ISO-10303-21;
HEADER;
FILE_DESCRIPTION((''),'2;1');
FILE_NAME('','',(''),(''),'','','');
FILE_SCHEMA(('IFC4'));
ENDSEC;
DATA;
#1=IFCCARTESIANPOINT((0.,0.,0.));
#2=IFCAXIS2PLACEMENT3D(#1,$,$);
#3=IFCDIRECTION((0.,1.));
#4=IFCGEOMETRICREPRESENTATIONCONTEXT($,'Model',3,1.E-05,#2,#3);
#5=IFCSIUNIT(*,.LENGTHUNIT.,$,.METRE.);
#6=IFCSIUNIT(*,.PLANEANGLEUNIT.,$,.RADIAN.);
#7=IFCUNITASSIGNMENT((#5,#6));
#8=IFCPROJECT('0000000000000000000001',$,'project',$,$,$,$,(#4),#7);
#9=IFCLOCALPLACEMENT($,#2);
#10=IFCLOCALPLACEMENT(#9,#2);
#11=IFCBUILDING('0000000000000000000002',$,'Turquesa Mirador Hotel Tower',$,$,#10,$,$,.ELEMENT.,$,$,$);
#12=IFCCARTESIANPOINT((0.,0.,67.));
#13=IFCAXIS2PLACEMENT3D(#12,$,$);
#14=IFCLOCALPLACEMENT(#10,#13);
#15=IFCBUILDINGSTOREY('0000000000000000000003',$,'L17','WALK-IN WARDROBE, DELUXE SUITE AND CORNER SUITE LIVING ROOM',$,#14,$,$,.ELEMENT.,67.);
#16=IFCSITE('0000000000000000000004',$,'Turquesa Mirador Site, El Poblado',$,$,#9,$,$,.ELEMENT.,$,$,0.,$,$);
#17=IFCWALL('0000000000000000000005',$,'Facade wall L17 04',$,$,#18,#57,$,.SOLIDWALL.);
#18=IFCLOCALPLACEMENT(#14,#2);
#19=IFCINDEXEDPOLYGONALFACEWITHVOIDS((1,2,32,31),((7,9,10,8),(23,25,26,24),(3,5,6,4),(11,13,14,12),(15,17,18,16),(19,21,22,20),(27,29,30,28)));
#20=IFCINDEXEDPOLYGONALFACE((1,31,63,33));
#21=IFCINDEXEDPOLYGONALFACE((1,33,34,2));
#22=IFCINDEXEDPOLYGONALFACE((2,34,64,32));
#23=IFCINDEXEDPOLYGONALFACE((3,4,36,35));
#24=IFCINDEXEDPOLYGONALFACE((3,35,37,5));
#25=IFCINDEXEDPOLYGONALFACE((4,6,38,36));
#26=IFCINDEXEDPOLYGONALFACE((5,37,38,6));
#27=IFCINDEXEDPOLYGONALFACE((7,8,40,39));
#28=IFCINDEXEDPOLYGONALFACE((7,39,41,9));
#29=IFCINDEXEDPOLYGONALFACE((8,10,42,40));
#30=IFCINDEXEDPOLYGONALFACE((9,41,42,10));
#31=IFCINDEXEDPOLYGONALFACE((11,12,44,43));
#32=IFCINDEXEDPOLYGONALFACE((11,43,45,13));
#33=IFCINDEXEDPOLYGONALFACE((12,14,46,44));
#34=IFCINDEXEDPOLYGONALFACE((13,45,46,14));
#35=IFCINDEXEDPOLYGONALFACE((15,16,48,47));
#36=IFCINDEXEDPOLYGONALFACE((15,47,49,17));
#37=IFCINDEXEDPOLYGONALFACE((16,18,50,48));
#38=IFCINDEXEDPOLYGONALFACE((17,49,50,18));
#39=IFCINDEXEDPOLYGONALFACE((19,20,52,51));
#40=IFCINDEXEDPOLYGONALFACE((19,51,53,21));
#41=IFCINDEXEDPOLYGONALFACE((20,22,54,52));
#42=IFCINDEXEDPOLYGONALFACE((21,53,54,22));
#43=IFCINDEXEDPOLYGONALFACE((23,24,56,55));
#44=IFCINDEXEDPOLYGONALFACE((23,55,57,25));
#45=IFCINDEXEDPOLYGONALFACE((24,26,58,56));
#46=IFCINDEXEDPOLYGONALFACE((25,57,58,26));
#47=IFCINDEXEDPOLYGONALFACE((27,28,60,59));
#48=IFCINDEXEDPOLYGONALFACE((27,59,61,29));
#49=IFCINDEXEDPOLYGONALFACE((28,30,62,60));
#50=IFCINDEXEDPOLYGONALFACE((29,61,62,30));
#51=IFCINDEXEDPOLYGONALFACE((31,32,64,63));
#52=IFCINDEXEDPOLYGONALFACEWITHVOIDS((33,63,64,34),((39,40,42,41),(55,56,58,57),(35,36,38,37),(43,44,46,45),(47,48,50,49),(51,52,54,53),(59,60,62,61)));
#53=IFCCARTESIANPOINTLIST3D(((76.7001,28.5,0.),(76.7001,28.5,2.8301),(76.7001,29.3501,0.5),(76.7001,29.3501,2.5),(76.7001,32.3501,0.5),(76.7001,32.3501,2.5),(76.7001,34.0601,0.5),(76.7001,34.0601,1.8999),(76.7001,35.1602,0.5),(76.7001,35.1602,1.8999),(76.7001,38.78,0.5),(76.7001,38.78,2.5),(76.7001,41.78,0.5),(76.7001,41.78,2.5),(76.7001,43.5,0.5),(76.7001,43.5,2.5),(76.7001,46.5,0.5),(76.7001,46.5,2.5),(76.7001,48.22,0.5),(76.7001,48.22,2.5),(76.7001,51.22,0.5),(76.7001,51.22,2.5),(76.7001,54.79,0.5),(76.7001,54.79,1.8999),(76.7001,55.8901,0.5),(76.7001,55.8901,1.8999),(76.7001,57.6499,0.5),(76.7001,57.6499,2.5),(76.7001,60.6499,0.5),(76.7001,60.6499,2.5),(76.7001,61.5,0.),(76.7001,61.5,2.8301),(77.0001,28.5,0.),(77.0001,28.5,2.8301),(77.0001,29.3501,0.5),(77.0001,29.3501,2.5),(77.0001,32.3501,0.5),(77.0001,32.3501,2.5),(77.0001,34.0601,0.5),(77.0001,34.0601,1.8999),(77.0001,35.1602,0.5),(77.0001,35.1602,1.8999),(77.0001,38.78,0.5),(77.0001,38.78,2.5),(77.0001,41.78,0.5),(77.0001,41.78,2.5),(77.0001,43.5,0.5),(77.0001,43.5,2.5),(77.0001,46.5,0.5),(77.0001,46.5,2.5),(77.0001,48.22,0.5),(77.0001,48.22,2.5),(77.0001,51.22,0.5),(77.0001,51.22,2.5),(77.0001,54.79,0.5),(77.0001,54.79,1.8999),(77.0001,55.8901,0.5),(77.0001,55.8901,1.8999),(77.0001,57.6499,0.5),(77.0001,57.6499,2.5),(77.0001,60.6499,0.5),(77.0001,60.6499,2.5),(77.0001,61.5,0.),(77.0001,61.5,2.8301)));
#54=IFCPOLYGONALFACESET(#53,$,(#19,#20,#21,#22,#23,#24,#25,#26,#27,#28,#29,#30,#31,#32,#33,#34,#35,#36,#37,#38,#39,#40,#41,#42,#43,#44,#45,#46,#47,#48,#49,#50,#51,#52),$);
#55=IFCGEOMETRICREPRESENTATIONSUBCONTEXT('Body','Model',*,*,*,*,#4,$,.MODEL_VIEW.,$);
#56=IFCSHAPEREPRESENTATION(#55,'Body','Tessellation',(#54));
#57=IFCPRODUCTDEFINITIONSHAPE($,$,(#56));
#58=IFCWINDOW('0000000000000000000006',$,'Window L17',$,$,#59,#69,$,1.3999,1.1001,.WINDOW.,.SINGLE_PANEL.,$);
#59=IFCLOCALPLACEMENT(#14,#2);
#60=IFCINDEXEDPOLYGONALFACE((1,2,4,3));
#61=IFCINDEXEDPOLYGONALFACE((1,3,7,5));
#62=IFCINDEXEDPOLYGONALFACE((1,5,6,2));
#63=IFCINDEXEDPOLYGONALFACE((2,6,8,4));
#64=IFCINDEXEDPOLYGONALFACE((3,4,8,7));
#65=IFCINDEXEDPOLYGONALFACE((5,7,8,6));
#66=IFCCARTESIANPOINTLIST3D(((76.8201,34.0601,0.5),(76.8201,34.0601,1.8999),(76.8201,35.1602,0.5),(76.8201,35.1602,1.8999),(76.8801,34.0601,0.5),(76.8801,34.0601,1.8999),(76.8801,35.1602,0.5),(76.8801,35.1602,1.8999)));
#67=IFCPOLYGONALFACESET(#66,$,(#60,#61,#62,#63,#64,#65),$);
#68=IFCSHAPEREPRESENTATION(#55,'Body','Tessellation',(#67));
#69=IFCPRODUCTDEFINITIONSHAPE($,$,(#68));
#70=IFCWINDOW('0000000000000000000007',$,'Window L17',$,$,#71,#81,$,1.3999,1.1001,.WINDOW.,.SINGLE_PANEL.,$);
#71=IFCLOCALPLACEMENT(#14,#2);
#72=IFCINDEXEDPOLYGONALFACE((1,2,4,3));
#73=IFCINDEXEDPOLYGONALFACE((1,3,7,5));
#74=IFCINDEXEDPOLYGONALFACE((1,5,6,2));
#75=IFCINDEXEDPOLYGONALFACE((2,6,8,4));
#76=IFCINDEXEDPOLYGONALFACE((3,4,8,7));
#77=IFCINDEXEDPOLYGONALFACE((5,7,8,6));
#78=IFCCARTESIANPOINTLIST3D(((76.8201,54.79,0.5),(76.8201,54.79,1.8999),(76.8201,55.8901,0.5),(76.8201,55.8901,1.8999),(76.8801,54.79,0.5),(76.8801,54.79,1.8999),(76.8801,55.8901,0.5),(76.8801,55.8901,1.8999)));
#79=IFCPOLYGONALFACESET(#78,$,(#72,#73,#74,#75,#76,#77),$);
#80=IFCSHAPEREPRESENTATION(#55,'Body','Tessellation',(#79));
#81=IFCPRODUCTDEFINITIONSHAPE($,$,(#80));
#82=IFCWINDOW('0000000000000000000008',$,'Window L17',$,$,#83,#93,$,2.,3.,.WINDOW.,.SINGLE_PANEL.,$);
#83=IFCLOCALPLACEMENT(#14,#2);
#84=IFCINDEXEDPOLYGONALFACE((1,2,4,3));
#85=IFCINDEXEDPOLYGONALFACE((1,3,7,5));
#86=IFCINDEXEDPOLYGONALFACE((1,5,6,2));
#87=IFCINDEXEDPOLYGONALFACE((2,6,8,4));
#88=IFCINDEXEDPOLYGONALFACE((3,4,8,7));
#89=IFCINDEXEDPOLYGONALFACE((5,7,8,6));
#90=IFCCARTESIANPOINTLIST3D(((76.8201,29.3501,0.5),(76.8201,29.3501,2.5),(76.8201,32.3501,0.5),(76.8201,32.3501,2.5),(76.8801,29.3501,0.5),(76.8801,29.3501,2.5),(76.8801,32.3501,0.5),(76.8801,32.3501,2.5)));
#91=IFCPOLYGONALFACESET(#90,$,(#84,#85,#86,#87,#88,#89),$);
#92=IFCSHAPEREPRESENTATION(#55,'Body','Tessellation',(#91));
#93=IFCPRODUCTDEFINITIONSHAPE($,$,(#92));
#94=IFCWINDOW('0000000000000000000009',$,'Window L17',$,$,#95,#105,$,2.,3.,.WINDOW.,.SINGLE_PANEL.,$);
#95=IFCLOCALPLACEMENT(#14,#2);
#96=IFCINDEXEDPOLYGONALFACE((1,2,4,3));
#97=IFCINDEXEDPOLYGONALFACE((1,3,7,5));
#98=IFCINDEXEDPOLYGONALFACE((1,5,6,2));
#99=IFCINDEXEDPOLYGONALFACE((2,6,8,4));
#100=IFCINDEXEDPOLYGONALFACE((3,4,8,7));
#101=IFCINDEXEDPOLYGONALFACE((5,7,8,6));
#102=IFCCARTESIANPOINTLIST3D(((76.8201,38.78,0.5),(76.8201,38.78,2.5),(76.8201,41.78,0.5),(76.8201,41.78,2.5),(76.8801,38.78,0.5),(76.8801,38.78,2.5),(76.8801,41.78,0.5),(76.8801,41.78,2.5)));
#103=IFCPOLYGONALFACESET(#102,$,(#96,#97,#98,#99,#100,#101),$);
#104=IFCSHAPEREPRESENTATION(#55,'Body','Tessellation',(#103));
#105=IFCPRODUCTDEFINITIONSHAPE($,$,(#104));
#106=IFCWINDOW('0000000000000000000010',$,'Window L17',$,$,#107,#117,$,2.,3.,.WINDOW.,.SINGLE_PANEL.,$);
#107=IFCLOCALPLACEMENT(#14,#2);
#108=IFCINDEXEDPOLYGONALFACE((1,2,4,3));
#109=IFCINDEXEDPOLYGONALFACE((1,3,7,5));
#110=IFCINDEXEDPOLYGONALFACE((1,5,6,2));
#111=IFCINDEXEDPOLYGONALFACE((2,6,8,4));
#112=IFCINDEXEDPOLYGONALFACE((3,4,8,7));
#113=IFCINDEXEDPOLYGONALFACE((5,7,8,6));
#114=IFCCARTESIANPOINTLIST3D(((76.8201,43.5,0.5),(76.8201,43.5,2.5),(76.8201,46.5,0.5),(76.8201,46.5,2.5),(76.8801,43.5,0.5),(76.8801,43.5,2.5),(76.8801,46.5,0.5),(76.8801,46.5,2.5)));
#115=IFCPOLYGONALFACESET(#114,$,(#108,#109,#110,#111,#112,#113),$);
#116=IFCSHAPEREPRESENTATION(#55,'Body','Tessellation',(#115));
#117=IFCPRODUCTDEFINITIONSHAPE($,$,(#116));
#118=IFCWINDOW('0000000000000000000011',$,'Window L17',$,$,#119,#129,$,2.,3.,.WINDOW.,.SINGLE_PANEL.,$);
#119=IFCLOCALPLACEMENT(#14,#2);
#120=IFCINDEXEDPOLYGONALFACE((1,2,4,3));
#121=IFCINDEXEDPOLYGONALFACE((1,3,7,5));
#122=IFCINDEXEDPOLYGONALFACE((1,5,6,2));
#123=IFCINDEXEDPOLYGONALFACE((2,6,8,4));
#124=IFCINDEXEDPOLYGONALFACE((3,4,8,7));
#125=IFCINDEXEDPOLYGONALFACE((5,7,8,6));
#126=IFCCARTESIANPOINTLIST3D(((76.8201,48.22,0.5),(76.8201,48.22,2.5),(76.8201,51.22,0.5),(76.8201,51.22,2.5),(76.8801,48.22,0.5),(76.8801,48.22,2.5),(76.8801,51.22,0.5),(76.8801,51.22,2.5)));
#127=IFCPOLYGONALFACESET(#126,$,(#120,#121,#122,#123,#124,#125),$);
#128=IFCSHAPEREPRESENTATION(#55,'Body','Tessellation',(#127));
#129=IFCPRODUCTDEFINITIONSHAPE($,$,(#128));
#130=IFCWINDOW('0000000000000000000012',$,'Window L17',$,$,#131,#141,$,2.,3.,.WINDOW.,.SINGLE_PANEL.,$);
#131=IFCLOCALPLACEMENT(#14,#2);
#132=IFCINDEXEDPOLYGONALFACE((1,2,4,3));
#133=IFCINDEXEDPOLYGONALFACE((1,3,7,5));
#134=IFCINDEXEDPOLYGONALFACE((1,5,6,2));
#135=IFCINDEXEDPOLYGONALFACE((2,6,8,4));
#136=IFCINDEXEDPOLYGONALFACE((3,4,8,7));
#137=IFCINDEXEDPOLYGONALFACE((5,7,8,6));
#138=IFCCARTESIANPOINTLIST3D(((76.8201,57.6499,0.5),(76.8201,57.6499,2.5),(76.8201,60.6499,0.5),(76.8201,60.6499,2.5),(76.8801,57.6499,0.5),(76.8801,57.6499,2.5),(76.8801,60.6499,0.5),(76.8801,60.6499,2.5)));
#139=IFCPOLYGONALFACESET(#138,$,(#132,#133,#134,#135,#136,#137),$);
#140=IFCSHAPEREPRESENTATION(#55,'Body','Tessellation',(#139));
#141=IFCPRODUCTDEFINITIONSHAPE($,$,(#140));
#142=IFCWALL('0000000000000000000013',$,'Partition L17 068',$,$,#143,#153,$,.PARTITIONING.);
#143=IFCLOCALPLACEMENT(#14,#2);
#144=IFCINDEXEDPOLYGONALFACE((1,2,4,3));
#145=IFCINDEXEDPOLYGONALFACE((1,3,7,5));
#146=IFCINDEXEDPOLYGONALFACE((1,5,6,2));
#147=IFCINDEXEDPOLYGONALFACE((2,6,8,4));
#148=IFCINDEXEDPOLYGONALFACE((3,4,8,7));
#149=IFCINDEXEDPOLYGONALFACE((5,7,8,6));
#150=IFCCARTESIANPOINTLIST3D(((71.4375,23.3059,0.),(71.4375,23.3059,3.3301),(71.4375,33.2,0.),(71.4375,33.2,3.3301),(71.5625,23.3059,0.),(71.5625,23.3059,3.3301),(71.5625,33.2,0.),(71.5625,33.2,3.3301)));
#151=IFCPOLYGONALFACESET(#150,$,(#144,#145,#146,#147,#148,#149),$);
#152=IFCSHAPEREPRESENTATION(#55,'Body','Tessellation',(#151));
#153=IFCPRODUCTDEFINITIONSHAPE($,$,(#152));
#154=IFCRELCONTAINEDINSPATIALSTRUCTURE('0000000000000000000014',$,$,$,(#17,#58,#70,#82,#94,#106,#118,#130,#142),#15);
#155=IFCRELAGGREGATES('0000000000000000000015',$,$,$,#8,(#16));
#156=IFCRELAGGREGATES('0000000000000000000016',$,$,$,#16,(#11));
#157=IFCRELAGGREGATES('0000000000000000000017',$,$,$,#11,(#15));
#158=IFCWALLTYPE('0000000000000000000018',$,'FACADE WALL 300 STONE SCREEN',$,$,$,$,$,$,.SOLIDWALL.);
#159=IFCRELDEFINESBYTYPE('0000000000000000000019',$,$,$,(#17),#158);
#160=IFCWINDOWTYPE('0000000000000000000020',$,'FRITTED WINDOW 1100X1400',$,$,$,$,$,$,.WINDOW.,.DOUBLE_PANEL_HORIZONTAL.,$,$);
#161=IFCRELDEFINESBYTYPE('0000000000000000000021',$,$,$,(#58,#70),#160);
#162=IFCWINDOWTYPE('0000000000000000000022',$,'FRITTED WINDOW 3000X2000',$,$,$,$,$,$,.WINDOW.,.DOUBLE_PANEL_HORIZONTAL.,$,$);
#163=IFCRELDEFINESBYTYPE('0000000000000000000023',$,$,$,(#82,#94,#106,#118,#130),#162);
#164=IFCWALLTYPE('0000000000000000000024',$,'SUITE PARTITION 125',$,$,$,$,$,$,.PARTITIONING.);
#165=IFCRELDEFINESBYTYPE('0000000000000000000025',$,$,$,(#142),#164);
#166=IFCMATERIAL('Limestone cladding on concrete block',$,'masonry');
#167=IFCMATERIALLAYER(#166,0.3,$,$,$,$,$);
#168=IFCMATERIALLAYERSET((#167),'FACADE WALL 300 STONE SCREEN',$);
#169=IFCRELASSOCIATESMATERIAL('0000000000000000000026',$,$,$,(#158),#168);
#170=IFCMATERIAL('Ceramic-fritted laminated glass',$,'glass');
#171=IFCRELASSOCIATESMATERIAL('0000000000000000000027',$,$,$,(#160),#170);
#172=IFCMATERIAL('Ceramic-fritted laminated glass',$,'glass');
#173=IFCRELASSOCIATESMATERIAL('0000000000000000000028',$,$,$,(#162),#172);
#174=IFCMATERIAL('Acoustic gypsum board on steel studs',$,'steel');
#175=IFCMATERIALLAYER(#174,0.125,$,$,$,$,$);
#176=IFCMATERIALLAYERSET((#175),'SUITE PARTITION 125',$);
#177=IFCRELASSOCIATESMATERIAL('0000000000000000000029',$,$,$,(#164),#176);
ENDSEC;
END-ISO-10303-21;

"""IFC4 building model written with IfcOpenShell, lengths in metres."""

from ifc_helpers import new_model, si_unit, direction, frame, frame_2d, origin, place, context, subcontext, project, spatial, rectangle, extrude, material, layer, layer_set, type_object, element, fill, save


model = new_model("IFC4")

# Units and contexts
model_context = context("Model", 3, precision=1e-05, world=origin(), true_north=direction((0.0, 1.0)))
body_context = subcontext(model_context, "Body", "Model", "MODEL_VIEW")
ifc_project = project(units=[si_unit("LENGTHUNIT", "METRE"), si_unit("PLANEANGLEUNIT", "RADIAN")], contexts=[model_context])

# Site, building, storey
site_placement = place(None, origin())
site = spatial("IfcSite", under=ifc_project, at=site_placement, Name="Turquesa Mirador Site, El Poblado", CompositionType="ELEMENT", RefElevation=0.0)
building_placement = place(site_placement, origin())
building = spatial("IfcBuilding", under=site, at=building_placement, Name="Turquesa Mirador Hotel Tower", CompositionType="ELEMENT")
storey_placement = place(building_placement, frame((0.0, 0.0, 67.0)))
storey = spatial("IfcBuildingStorey", under=building, at=storey_placement, Name="L17", Description="WALK-IN WARDROBE, DELUXE SUITE AND CORNER SUITE LIVING ROOM", CompositionType="ELEMENT", Elevation=67.0)

# Shared definitions
ifc_material_1 = material(Name="Limestone cladding on concrete block", Category="masonry")
ifc_layer_1 = layer(ifc_material_1, 0.3)
ifc_layer_set_1 = layer_set([ifc_layer_1], Name="FACADE WALL 300 STONE SCREEN")
wall_type_1 = type_object("IfcWallType", Name="FACADE WALL 300 STONE SCREEN", PredefinedType="SOLIDWALL", material=ifc_layer_set_1)

# Wall, openings, windows
wall_1_placement = place(storey_placement, frame((76.8501, 28.5, 0.0), z_axis=(0.0, 0.0, 1.0), x_axis=(0.0, 1.0, 0.0)))
wall_1 = element("IfcWall", 1, at=wall_1_placement, inside=storey, type_object=wall_type_1, Name="Facade wall L17 04", PredefinedType="SOLIDWALL", context=body_context, shape_type="SweptSolid", body=[
    extrude(rectangle(XDim=33.0, YDim=0.3, at=frame_2d((16.5, 0.0))), origin(), (0.0, 0.0, 1.0), 2.8301),
])
opening_1_placement = place(wall_1_placement, frame((0.8501, 0.0, 0.5)))
opening_1 = element("IfcOpeningElement", 2, at=opening_1_placement, cuts=wall_1, PredefinedType="OPENING", context=body_context, shape_type="SweptSolid", body=[
    extrude(rectangle(XDim=3.0, YDim=2.0, at=frame_2d((1.5, 1.0))), frame((0.0, 0.1599, 0.0), z_axis=(0.0, -1.0, 0.0), x_axis=(1.0, 0.0, 0.0)), (0.0, 0.0, 1.0), 0.3201),
])
opening_2_placement = place(wall_1_placement, frame((5.5601, 0.0, 0.5)))
opening_2 = element("IfcOpeningElement", 3, at=opening_2_placement, cuts=wall_1, PredefinedType="OPENING", context=body_context, shape_type="SweptSolid", body=[
    extrude(rectangle(XDim=1.1001, YDim=1.3999, at=frame_2d((0.55, 0.7))), frame((0.0, 0.1599, 0.0), z_axis=(0.0, -1.0, 0.0), x_axis=(1.0, 0.0, 0.0)), (0.0, 0.0, 1.0), 0.3201),
])
opening_3_placement = place(wall_1_placement, frame((10.28, 0.0, 0.5)))
opening_3 = element("IfcOpeningElement", 4, at=opening_3_placement, cuts=wall_1, PredefinedType="OPENING", context=body_context, shape_type="SweptSolid", body=[
    extrude(rectangle(XDim=3.0, YDim=2.0, at=frame_2d((1.5, 1.0))), frame((0.0, 0.1599, 0.0), z_axis=(0.0, -1.0, 0.0), x_axis=(1.0, 0.0, 0.0)), (0.0, 0.0, 1.0), 0.3201),
])
opening_4_placement = place(wall_1_placement, frame((15.0, 0.0, 0.5)))
opening_4 = element("IfcOpeningElement", 5, at=opening_4_placement, cuts=wall_1, PredefinedType="OPENING", context=body_context, shape_type="SweptSolid", body=[
    extrude(rectangle(XDim=3.0, YDim=2.0, at=frame_2d((1.5, 1.0))), frame((0.0, 0.1599, 0.0), z_axis=(0.0, -1.0, 0.0), x_axis=(1.0, 0.0, 0.0)), (0.0, 0.0, 1.0), 0.3201),
])
opening_5_placement = place(wall_1_placement, frame((19.72, 0.0, 0.5)))
opening_5 = element("IfcOpeningElement", 6, at=opening_5_placement, cuts=wall_1, PredefinedType="OPENING", context=body_context, shape_type="SweptSolid", body=[
    extrude(rectangle(XDim=3.0, YDim=2.0, at=frame_2d((1.5, 1.0))), frame((0.0, 0.1599, 0.0), z_axis=(0.0, -1.0, 0.0), x_axis=(1.0, 0.0, 0.0)), (0.0, 0.0, 1.0), 0.3201),
])
opening_6_placement = place(wall_1_placement, frame((26.29, 0.0, 0.5)))
opening_6 = element("IfcOpeningElement", 7, at=opening_6_placement, cuts=wall_1, PredefinedType="OPENING", context=body_context, shape_type="SweptSolid", body=[
    extrude(rectangle(XDim=1.1001, YDim=1.3999, at=frame_2d((0.55, 0.7))), frame((0.0, 0.1599, 0.0), z_axis=(0.0, -1.0, 0.0), x_axis=(1.0, 0.0, 0.0)), (0.0, 0.0, 1.0), 0.3201),
])
opening_7_placement = place(wall_1_placement, frame((29.1499, 0.0, 0.5)))
opening_7 = element("IfcOpeningElement", 8, at=opening_7_placement, cuts=wall_1, PredefinedType="OPENING", context=body_context, shape_type="SweptSolid", body=[
    extrude(rectangle(XDim=3.0, YDim=2.0, at=frame_2d((1.5, 1.0))), frame((0.0, 0.1599, 0.0), z_axis=(0.0, -1.0, 0.0), x_axis=(1.0, 0.0, 0.0)), (0.0, 0.0, 1.0), 0.3201),
])
ifc_material_2 = material(Name="Ceramic-fritted laminated glass", Category="glass")
window_type_1 = type_object("IfcWindowType", Name="FRITTED WINDOW 1100X1400", PartitioningType="DOUBLE_PANEL_HORIZONTAL", PredefinedType="WINDOW", material=ifc_material_2)
window_1_placement = place(opening_2_placement, origin())
window_1 = element("IfcWindow", 9, at=window_1_placement, inside=storey, type_object=window_type_1, Name="Window L17", OverallHeight=1.3999, OverallWidth=1.1001, PartitioningType="SINGLE_PANEL", PredefinedType="WINDOW", context=body_context, shape_type="SweptSolid", body=[
    extrude(rectangle(XDim=1.1001, YDim=1.3999, at=frame_2d((0.55, 0.7))), frame((0.0, 0.03, 0.0), z_axis=(0.0, -1.0, 0.0), x_axis=(1.0, 0.0, 0.0)), (0.0, 0.0, 1.0), 0.0601),
])
fill(opening_2, window_1)
window_2_placement = place(opening_6_placement, origin())
window_2 = element("IfcWindow", 10, at=window_2_placement, inside=storey, type_object=window_type_1, Name="Window L17", OverallHeight=1.3999, OverallWidth=1.1001, PartitioningType="SINGLE_PANEL", PredefinedType="WINDOW", context=body_context, shape_type="SweptSolid", body=[
    extrude(rectangle(XDim=1.1001, YDim=1.3999, at=frame_2d((0.55, 0.7))), frame((0.0, 0.03, 0.0), z_axis=(0.0, -1.0, 0.0), x_axis=(1.0, 0.0, 0.0)), (0.0, 0.0, 1.0), 0.0601),
])
fill(opening_6, window_2)
ifc_material_3 = material(Name="Ceramic-fritted laminated glass", Category="glass")
window_type_2 = type_object("IfcWindowType", Name="FRITTED WINDOW 3000X2000", PartitioningType="DOUBLE_PANEL_HORIZONTAL", PredefinedType="WINDOW", material=ifc_material_3)
window_3_placement = place(opening_1_placement, origin())
window_3 = element("IfcWindow", 11, at=window_3_placement, inside=storey, type_object=window_type_2, Name="Window L17", OverallHeight=2.0, OverallWidth=3.0, PartitioningType="SINGLE_PANEL", PredefinedType="WINDOW", context=body_context, shape_type="SweptSolid", body=[
    extrude(rectangle(XDim=3.0, YDim=2.0, at=frame_2d((1.5, 1.0))), frame((0.0, 0.03, 0.0), z_axis=(0.0, -1.0, 0.0), x_axis=(1.0, 0.0, 0.0)), (0.0, 0.0, 1.0), 0.0601),
])
fill(opening_1, window_3)
window_4_placement = place(opening_3_placement, origin())
window_4 = element("IfcWindow", 12, at=window_4_placement, inside=storey, type_object=window_type_2, Name="Window L17", OverallHeight=2.0, OverallWidth=3.0, PartitioningType="SINGLE_PANEL", PredefinedType="WINDOW", context=body_context, shape_type="SweptSolid", body=[
    extrude(rectangle(XDim=3.0, YDim=2.0, at=frame_2d((1.5, 1.0))), frame((0.0, 0.03, 0.0), z_axis=(0.0, -1.0, 0.0), x_axis=(1.0, 0.0, 0.0)), (0.0, 0.0, 1.0), 0.0601),
])
fill(opening_3, window_4)
window_5_placement = place(opening_4_placement, origin())
window_5 = element("IfcWindow", 13, at=window_5_placement, inside=storey, type_object=window_type_2, Name="Window L17", OverallHeight=2.0, OverallWidth=3.0, PartitioningType="SINGLE_PANEL", PredefinedType="WINDOW", context=body_context, shape_type="SweptSolid", body=[
    extrude(rectangle(XDim=3.0, YDim=2.0, at=frame_2d((1.5, 1.0))), frame((0.0, 0.03, 0.0), z_axis=(0.0, -1.0, 0.0), x_axis=(1.0, 0.0, 0.0)), (0.0, 0.0, 1.0), 0.0601),
])
fill(opening_4, window_5)
window_6_placement = place(opening_5_placement, origin())
window_6 = element("IfcWindow", 14, at=window_6_placement, inside=storey, type_object=window_type_2, Name="Window L17", OverallHeight=2.0, OverallWidth=3.0, PartitioningType="SINGLE_PANEL", PredefinedType="WINDOW", context=body_context, shape_type="SweptSolid", body=[
    extrude(rectangle(XDim=3.0, YDim=2.0, at=frame_2d((1.5, 1.0))), frame((0.0, 0.03, 0.0), z_axis=(0.0, -1.0, 0.0), x_axis=(1.0, 0.0, 0.0)), (0.0, 0.0, 1.0), 0.0601),
])
fill(opening_5, window_6)
window_7_placement = place(opening_7_placement, origin())
window_7 = element("IfcWindow", 15, at=window_7_placement, inside=storey, type_object=window_type_2, Name="Window L17", OverallHeight=2.0, OverallWidth=3.0, PartitioningType="SINGLE_PANEL", PredefinedType="WINDOW", context=body_context, shape_type="SweptSolid", body=[
    extrude(rectangle(XDim=3.0, YDim=2.0, at=frame_2d((1.5, 1.0))), frame((0.0, 0.03, 0.0), z_axis=(0.0, -1.0, 0.0), x_axis=(1.0, 0.0, 0.0)), (0.0, 0.0, 1.0), 0.0601),
])
fill(opening_7, window_7)

# Wall
ifc_material_4 = material(Name="Acoustic gypsum board on steel studs", Category="steel")
ifc_layer_2 = layer(ifc_material_4, 0.125)
ifc_layer_set_2 = layer_set([ifc_layer_2], Name="SUITE PARTITION 125")
wall_type_2 = type_object("IfcWallType", Name="SUITE PARTITION 125", PredefinedType="PARTITIONING", material=ifc_layer_set_2)
wall_2_placement = place(storey_placement, frame((71.5, 23.3059, 0.0), z_axis=(0.0, 0.0, 1.0), x_axis=(0.0, 1.0, 0.0)))
element("IfcWall", 16, at=wall_2_placement, inside=storey, type_object=wall_type_2, Name="Partition L17 068", PredefinedType="PARTITIONING", context=body_context, shape_type="SweptSolid", body=[
    extrude(rectangle(XDim=9.894, YDim=0.125, at=frame_2d((4.947, 0.0))), origin(), (0.0, 0.0, 1.0), 3.3301),
])

save(model, "model.ifc")
